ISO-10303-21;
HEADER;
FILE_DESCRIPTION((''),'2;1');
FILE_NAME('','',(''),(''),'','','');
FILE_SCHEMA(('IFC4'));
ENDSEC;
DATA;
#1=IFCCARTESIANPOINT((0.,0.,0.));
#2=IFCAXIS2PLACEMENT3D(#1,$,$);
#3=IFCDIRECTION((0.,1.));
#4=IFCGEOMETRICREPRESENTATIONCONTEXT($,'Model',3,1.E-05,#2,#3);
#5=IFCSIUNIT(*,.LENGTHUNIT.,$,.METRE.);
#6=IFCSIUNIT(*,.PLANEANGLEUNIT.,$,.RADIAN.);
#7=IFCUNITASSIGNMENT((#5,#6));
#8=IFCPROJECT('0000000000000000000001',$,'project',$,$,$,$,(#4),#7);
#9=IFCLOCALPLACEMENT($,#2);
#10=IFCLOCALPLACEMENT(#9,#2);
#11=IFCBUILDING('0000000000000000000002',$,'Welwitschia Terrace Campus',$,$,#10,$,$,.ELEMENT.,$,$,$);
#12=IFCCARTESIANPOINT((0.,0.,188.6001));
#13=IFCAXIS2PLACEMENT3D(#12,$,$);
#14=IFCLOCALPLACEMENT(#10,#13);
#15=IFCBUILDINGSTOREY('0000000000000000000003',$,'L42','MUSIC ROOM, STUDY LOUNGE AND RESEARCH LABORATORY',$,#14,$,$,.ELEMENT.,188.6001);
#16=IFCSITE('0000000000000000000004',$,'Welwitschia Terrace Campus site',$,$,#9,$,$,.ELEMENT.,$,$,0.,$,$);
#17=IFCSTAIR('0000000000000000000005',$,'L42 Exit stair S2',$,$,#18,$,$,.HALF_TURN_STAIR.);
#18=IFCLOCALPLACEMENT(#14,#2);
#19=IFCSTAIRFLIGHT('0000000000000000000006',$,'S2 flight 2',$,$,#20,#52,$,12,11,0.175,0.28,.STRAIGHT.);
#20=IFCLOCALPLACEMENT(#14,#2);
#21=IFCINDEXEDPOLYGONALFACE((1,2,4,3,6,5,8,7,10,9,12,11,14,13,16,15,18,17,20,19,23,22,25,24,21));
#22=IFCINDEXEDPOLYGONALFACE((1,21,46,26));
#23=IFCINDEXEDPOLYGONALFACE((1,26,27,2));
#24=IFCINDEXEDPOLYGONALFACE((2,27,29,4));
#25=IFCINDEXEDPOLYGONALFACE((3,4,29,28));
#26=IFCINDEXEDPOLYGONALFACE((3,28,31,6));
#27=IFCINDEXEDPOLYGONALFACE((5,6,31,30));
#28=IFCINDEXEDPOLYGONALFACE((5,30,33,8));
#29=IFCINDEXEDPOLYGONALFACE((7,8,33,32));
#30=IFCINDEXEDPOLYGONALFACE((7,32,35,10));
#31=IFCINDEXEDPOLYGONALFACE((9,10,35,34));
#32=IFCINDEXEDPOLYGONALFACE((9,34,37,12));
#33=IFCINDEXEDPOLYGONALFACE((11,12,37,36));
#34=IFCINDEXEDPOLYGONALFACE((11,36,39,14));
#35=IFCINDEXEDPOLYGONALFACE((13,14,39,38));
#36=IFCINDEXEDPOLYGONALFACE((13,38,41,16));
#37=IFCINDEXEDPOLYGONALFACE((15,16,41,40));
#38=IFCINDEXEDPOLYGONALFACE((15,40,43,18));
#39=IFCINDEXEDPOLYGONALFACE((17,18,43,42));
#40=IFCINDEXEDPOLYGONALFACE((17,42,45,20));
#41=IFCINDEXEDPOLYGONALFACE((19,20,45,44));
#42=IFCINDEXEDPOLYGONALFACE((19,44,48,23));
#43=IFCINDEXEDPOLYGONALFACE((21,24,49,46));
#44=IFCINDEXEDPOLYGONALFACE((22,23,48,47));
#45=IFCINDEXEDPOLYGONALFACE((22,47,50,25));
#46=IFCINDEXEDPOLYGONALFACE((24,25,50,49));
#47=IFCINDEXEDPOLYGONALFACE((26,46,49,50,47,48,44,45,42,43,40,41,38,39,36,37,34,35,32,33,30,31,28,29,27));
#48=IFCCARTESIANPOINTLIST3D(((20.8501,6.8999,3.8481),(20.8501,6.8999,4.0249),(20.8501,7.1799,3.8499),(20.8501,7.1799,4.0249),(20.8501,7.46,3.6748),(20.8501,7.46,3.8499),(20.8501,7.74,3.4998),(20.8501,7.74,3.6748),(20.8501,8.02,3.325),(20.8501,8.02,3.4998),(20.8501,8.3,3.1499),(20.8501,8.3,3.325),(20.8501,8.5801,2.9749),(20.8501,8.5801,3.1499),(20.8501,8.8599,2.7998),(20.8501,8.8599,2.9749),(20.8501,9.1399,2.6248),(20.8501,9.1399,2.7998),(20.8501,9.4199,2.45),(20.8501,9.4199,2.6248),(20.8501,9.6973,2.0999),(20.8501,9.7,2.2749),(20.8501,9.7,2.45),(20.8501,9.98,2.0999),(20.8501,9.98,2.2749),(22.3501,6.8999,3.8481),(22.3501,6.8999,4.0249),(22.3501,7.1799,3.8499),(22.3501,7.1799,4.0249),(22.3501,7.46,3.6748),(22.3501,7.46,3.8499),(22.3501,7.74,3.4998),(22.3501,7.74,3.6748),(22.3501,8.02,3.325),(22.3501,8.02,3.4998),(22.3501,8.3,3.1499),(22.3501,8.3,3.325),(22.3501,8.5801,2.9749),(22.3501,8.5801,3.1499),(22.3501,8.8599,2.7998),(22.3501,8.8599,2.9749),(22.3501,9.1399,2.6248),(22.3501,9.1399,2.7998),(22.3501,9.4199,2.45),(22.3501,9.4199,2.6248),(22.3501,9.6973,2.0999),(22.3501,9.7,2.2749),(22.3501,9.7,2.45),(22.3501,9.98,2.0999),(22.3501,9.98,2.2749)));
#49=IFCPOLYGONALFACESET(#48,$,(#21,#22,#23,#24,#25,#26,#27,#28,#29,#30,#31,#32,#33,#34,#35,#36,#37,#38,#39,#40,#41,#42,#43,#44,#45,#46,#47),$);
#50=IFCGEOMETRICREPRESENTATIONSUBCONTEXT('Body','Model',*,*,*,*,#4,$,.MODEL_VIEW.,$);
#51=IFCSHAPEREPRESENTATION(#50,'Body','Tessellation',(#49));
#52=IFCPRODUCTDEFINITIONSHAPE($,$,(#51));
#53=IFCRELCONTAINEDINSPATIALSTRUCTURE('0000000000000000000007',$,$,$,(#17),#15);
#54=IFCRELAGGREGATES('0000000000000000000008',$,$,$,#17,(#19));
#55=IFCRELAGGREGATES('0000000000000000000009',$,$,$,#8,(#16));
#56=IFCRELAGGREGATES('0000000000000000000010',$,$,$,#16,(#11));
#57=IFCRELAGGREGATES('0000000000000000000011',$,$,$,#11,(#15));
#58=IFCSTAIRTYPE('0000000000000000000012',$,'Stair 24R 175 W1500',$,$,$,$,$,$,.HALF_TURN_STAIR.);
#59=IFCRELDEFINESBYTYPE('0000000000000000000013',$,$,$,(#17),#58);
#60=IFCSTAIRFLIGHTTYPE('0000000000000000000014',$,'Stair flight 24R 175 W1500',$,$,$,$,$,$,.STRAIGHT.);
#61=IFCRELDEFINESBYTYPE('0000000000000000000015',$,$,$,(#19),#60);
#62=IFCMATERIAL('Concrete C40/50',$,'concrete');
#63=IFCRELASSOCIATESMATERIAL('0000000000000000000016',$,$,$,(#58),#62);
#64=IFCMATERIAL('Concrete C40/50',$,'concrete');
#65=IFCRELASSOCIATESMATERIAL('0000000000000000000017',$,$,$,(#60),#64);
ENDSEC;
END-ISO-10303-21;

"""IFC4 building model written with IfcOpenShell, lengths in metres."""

from ifc_helpers import new_model, si_unit, direction, frame, origin, place, context, subcontext, project, spatial, polyline, outline, extrude, material, type_object, element, aggregate, save


model = new_model("IFC4")

# Units and contexts
model_context = context("Model", 3, precision=1e-05, world=origin(), true_north=direction((0.0, 1.0)))
body_context = subcontext(model_context, "Body", "Model", "MODEL_VIEW")
ifc_project = project(units=[si_unit("LENGTHUNIT", "METRE"), si_unit("PLANEANGLEUNIT", "RADIAN")], contexts=[model_context])

# Site, building, storey
site_placement = place(None, origin())
site = spatial("IfcSite", under=ifc_project, at=site_placement, Name="Welwitschia Terrace Campus site", CompositionType="ELEMENT", RefElevation=0.0)
building_placement = place(site_placement, origin())
building = spatial("IfcBuilding", under=site, at=building_placement, Name="Welwitschia Terrace Campus", CompositionType="ELEMENT")
storey_placement = place(building_placement, frame((0.0, 0.0, 188.6001)))
storey = spatial("IfcBuildingStorey", under=building, at=storey_placement, Name="L42", Description="MUSIC ROOM, STUDY LOUNGE AND RESEARCH LABORATORY", CompositionType="ELEMENT", Elevation=188.6001)

# Stair, stair flight
ifc_material_1 = material(Name="Concrete C40/50", Category="concrete")
stair_type = type_object("IfcStairType", Name="Stair 24R 175 W1500", PredefinedType="HALF_TURN_STAIR", material=ifc_material_1)
stair_placement = place(storey_placement, origin())
stair = element("IfcStair", 1, at=stair_placement, inside=storey, type_object=stair_type, Name="L42 Exit stair S2", PredefinedType="HALF_TURN_STAIR")
ifc_material_2 = material(Name="Concrete C40/50", Category="concrete")
stair_flight_type = type_object("IfcStairFlightType", Name="Stair flight 24R 175 W1500", PredefinedType="STRAIGHT", material=ifc_material_2)
stair_flight_1_placement = place(storey_placement, frame((21.6001, 9.98, 2.0999), z_axis=(0.0, 0.0, 1.0), x_axis=(0.0, -1.0, 0.0)))
stair_flight_1 = element("IfcStairFlight", 2, at=stair_flight_1_placement, type_object=stair_flight_type, Name="S2 flight 2", NumberOfRisers=12, NumberOfTreads=11, PredefinedType="STRAIGHT", RiserHeight=0.175, TreadLength=0.28, context=body_context, shape_type="SweptSolid", body=[
    extrude(outline(polyline([(0.0, 0.0), (0.0, 0.175), (0.28, 0.175), (0.28, 0.3501), (0.5601, 0.3501), (0.5601, 0.5249), (0.8401, 0.5249), (0.8401, 0.7), (1.1201, 0.7), (1.1201, 0.875), (1.3999, 0.875), (1.3999, 1.05), (1.6799, 1.05), (1.6799, 1.2251), (1.96, 1.2251), (1.96, 1.3999), (2.24, 1.3999), (2.24, 1.575), (2.52, 1.575), (2.52, 1.75), (2.8, 1.75), (2.8, 1.925), (3.0801, 1.925), (3.0801, 2.1001), (3.0801, 1.7483), (0.2827, 0.0), (0.0, 0.0)])), frame((0.0, 0.75, 0.0), z_axis=(0.0, -1.0, 0.0), x_axis=(1.0, 0.0, 0.0)), (0.0, 0.0, 1.0), 1.5),
])
aggregate(stair, [stair_flight_1])

save(model, "model.ifc")
